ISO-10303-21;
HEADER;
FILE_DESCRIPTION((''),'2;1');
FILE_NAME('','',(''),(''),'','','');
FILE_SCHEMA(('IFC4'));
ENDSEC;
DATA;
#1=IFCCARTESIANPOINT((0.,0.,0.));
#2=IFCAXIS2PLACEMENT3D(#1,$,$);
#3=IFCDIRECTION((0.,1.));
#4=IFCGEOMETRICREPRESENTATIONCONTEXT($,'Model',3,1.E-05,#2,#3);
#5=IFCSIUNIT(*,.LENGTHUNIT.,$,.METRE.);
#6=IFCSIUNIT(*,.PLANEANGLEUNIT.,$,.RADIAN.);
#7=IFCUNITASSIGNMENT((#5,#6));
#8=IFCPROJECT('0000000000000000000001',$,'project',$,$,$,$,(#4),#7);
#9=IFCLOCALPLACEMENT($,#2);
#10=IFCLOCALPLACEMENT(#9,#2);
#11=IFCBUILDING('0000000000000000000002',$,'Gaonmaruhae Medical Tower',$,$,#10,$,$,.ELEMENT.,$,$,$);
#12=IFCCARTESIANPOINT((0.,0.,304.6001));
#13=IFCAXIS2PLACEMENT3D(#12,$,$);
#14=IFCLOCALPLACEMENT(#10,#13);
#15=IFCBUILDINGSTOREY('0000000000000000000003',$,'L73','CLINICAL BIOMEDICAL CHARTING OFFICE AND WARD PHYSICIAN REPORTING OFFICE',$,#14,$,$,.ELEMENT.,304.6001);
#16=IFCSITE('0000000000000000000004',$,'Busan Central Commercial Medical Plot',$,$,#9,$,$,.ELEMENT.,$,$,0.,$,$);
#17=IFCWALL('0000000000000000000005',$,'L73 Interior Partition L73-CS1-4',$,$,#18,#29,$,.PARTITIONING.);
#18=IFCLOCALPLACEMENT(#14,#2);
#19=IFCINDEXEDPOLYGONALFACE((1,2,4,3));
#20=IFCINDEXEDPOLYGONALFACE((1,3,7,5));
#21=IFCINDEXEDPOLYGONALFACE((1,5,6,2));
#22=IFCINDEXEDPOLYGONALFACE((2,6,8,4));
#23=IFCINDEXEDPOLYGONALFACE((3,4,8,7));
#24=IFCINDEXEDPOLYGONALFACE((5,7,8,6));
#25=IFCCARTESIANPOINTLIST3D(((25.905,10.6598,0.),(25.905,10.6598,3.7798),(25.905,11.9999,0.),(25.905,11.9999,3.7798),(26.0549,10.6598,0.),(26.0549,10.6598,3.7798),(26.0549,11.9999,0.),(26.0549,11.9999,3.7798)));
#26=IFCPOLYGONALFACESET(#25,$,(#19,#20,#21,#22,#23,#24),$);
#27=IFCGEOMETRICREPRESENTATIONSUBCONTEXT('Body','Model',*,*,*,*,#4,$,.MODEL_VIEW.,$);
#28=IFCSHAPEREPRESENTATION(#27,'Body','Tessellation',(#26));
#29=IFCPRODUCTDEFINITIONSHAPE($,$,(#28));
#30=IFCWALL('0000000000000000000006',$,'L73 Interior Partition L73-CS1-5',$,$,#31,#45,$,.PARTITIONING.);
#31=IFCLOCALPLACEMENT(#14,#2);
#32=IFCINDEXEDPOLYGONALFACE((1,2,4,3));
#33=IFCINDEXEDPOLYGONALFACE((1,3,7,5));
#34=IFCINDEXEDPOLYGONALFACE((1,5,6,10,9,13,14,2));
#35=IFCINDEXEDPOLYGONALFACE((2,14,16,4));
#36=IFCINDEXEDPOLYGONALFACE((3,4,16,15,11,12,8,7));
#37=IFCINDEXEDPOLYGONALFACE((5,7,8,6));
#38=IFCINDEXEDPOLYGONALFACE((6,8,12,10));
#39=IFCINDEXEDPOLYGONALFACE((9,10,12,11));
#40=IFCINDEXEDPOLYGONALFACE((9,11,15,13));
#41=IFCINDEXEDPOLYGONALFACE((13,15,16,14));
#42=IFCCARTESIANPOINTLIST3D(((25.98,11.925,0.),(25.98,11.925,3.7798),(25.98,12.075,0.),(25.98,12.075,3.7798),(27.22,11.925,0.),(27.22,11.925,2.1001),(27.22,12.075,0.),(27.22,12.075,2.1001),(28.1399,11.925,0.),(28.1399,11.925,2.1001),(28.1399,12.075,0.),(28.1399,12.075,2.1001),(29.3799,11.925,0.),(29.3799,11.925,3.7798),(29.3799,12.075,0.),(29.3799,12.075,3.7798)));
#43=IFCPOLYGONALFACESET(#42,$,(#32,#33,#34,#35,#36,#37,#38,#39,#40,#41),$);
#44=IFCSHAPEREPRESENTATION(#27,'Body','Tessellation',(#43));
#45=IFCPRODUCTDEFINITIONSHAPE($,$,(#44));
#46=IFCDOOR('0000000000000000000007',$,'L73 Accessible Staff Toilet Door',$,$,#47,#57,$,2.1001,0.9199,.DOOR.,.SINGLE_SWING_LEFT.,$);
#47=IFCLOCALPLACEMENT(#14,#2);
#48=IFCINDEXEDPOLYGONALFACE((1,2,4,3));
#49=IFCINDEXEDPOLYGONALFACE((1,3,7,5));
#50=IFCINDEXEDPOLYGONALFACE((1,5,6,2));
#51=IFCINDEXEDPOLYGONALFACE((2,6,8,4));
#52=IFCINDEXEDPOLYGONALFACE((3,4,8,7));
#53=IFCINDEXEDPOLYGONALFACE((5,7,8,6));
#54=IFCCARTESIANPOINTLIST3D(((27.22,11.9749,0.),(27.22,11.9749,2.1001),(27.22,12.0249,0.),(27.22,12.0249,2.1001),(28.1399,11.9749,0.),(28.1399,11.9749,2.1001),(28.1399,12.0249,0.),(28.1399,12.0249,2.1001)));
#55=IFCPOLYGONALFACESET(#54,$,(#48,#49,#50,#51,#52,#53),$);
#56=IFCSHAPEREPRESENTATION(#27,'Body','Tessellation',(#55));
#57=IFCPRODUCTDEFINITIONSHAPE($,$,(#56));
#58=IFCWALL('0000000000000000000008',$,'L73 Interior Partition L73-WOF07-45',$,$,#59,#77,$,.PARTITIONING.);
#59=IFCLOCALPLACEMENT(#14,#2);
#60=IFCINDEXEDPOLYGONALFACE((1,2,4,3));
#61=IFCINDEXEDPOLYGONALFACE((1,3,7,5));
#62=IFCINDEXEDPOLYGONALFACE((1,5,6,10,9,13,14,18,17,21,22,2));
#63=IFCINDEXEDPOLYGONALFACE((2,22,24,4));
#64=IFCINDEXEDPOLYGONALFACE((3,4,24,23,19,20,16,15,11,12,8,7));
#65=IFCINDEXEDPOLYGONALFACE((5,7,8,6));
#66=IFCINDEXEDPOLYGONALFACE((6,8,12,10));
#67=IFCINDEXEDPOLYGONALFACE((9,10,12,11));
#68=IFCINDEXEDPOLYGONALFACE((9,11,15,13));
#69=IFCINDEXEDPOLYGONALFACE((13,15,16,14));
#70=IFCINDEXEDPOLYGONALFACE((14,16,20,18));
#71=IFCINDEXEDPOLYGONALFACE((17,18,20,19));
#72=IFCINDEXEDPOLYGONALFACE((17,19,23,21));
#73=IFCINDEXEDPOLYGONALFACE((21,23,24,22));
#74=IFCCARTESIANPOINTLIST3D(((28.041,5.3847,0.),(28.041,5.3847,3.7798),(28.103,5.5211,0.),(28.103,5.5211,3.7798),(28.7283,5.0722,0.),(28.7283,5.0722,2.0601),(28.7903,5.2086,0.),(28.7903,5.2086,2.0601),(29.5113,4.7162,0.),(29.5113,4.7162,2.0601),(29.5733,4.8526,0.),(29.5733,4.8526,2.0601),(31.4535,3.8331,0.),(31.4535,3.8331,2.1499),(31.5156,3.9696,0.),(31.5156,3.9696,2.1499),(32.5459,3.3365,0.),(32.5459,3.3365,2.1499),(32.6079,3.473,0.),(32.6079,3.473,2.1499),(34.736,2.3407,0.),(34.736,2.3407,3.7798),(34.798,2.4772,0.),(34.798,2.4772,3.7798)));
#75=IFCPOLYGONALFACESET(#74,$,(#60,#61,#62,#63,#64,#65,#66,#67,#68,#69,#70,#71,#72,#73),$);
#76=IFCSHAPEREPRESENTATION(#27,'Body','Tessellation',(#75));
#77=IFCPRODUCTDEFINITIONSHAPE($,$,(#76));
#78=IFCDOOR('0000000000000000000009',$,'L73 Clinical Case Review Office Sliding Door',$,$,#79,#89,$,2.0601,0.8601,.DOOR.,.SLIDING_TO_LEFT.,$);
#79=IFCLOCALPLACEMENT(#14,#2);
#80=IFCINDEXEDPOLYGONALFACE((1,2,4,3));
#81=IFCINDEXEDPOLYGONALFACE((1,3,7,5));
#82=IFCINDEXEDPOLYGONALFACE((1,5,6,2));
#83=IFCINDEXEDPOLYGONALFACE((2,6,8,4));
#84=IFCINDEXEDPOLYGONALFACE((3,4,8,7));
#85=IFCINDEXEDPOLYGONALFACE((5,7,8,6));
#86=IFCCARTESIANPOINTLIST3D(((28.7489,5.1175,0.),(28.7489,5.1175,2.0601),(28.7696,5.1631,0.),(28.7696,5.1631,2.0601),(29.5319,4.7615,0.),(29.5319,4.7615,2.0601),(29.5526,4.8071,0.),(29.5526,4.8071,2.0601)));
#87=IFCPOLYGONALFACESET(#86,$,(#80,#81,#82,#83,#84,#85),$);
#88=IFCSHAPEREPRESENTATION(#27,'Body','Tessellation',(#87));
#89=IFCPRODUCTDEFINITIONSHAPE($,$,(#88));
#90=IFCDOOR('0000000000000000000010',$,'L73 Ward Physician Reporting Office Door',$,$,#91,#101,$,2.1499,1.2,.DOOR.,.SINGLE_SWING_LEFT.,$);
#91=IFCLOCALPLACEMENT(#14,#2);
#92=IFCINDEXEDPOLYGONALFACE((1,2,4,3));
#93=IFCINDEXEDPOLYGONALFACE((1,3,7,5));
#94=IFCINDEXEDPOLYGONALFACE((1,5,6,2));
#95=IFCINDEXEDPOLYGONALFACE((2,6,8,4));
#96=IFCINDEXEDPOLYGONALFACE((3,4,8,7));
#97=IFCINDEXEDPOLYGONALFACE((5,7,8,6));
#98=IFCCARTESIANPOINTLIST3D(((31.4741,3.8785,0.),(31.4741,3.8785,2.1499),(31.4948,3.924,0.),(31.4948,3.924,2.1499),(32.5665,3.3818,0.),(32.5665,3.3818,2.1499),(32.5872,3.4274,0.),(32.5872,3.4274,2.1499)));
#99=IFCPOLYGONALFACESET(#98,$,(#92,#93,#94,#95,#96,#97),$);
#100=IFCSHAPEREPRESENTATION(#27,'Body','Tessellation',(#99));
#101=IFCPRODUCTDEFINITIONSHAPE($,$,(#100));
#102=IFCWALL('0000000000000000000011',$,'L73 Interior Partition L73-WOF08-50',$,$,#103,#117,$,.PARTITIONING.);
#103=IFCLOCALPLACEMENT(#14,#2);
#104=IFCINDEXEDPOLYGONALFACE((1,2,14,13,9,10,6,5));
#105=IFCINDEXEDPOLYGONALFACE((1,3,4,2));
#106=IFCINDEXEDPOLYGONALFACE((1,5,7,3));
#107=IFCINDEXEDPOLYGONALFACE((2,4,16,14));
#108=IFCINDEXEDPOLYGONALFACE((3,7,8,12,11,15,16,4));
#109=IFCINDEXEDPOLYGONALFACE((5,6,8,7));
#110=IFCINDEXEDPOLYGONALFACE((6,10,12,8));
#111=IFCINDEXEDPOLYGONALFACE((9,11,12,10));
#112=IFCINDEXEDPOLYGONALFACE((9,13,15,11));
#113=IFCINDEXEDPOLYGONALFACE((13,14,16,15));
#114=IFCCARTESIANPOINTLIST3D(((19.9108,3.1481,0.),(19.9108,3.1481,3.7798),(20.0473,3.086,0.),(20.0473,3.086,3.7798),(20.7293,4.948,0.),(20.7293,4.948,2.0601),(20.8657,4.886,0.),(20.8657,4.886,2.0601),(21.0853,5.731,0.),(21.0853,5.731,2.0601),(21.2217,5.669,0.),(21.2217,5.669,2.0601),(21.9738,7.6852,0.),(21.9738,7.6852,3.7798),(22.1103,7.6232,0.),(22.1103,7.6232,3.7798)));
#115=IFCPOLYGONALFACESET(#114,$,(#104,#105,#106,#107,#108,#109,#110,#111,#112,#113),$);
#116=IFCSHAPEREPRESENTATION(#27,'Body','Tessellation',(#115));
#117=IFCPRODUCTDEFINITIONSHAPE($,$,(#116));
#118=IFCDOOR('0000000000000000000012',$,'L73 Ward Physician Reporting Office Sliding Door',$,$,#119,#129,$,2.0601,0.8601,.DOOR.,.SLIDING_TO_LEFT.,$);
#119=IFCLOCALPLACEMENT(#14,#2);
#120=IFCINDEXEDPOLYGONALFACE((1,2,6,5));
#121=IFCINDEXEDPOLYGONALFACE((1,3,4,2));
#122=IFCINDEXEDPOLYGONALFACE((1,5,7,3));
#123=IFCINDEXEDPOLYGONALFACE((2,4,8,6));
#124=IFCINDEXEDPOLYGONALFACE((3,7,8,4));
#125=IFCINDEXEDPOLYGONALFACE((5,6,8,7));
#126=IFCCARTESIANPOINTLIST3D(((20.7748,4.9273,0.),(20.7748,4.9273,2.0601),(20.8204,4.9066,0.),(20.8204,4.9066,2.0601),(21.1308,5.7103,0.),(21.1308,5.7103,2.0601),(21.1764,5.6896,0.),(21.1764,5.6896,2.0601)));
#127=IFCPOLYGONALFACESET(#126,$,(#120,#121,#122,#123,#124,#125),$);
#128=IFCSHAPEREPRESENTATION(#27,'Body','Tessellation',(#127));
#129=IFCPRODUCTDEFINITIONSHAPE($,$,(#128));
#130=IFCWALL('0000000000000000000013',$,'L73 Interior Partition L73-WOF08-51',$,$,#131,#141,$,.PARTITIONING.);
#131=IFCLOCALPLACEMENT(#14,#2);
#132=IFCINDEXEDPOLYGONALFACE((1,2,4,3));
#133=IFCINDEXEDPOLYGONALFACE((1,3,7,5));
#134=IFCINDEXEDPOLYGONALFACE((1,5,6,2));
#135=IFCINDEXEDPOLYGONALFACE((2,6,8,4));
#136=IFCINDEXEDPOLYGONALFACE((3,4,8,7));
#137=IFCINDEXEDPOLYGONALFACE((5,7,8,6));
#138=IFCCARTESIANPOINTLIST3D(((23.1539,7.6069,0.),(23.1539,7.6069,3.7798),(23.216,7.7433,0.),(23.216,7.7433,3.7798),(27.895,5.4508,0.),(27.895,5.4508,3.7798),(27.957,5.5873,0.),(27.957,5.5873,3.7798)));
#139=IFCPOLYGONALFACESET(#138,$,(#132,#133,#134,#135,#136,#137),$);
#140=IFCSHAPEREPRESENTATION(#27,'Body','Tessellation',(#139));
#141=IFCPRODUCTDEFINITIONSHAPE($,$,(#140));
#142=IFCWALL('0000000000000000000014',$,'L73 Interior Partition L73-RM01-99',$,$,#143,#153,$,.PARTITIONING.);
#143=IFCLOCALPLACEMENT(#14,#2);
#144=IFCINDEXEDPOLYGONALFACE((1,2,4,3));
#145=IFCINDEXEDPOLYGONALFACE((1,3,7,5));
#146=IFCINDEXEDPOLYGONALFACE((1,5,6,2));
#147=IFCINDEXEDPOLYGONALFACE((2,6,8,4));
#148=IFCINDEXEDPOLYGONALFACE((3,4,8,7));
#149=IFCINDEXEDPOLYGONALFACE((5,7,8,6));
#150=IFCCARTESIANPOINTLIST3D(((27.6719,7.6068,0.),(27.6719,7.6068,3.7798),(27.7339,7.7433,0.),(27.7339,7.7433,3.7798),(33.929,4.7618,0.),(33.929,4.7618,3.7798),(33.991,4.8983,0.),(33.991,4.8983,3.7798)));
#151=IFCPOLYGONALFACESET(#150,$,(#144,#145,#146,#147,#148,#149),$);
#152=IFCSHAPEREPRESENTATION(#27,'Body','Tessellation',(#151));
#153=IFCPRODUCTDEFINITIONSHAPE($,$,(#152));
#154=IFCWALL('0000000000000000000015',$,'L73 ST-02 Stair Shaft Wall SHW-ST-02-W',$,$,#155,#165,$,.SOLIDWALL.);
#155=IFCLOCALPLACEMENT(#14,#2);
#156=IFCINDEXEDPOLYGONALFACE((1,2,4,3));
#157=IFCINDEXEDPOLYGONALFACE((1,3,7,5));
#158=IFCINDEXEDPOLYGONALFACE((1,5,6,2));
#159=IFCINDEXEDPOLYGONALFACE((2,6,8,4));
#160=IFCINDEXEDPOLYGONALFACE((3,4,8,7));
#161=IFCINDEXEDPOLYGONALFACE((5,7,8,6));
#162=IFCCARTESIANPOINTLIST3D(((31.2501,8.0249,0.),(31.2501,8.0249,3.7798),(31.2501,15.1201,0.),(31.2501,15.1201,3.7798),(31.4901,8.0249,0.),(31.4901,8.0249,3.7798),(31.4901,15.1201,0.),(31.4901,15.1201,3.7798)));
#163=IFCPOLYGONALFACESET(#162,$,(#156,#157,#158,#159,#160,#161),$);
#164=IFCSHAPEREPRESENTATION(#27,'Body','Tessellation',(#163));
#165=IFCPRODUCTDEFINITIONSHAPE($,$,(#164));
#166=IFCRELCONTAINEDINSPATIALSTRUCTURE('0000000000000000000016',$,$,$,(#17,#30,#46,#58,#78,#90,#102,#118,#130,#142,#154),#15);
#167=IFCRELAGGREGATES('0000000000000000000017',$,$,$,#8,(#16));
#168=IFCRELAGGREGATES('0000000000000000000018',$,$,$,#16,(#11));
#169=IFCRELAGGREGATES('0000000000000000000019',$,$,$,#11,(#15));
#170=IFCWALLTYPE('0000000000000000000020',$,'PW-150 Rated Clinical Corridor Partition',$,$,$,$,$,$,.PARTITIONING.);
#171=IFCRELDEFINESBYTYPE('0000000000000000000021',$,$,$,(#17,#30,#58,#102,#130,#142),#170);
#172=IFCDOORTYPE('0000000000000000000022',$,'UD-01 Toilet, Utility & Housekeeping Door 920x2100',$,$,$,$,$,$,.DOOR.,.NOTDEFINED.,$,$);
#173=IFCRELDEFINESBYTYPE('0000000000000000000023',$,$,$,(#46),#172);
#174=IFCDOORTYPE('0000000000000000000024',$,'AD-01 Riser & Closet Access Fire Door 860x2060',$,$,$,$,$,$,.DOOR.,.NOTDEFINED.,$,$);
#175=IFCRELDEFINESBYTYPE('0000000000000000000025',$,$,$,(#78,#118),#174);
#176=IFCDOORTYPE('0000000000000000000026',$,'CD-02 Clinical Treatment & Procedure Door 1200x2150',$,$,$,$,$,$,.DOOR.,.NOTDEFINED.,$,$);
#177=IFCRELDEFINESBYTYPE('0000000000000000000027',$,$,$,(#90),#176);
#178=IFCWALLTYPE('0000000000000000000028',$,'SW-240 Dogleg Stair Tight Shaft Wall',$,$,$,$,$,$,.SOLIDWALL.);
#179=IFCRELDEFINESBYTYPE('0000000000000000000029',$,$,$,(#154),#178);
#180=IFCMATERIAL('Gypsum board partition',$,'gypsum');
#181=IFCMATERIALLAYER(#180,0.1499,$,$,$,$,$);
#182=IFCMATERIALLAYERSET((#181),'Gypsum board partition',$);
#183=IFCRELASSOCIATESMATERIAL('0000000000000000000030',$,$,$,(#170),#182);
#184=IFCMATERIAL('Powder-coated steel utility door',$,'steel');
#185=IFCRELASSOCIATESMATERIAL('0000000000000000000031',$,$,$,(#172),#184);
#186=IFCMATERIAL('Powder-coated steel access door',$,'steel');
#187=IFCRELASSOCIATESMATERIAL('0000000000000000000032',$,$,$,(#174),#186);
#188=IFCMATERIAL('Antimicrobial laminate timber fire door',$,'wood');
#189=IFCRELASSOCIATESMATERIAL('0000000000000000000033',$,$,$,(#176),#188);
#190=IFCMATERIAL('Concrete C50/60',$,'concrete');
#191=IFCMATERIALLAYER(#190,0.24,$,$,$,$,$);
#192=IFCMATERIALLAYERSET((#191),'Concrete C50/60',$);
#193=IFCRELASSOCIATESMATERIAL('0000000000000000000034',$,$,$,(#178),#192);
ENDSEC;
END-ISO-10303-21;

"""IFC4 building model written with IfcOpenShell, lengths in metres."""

from ifc_helpers import new_model, si_unit, direction, frame, frame_2d, origin, place, context, subcontext, project, spatial, rectangle, extrude, material, layer, layer_set, type_object, element, fill, save


model = new_model("IFC4")

# Units and contexts
model_context = context("Model", 3, precision=1e-05, world=origin(), true_north=direction((0.0, 1.0)))
body_context = subcontext(model_context, "Body", "Model", "MODEL_VIEW")
ifc_project = project(units=[si_unit("LENGTHUNIT", "METRE"), si_unit("PLANEANGLEUNIT", "RADIAN")], contexts=[model_context])

# Site, building, storey
site_placement = place(None, origin())
site = spatial("IfcSite", under=ifc_project, at=site_placement, Name="Busan Central Commercial Medical Plot", CompositionType="ELEMENT", RefElevation=0.0)
building_placement = place(site_placement, origin())
building = spatial("IfcBuilding", under=site, at=building_placement, Name="Gaonmaruhae Medical Tower", CompositionType="ELEMENT")
storey_placement = place(building_placement, frame((0.0, 0.0, 304.6001)))
storey = spatial("IfcBuildingStorey", under=building, at=storey_placement, Name="L73", Description="CLINICAL BIOMEDICAL CHARTING OFFICE AND WARD PHYSICIAN REPORTING OFFICE", CompositionType="ELEMENT", Elevation=304.6001)

# Shared definitions
ifc_material_1 = material(Name="Concrete C50/60", Category="concrete")

# Shared definitions
ifc_material_2 = material(Name="Gypsum board partition", Category="gypsum")
ifc_layer_1 = layer(ifc_material_2, 0.1499)
ifc_layer_set_1 = layer_set([ifc_layer_1], Name="Gypsum board partition")
wall_type_1 = type_object("IfcWallType", Name="PW-150 Rated Clinical Corridor Partition", PredefinedType="PARTITIONING", material=ifc_layer_set_1)
ifc_material_3 = material(Name="Antimicrobial laminate timber fire door", Category="wood")

# Wall
wall_1_placement = place(storey_placement, frame((25.98, 10.6599, 0.0), z_axis=(0.0, 0.0, 1.0), x_axis=(0.0, 1.0, 0.0)))
element("IfcWall", 1, at=wall_1_placement, inside=storey, type_object=wall_type_1, Name="L73 Interior Partition L73-CS1-4", PredefinedType="PARTITIONING", context=body_context, shape_type="SweptSolid", body=[
    extrude(rectangle(XDim=1.3401, YDim=0.1499, at=frame_2d((0.6699, 0.0))), origin(), (0.0, 0.0, 1.0), 3.7798),
])

# Wall, opening, door
wall_2_placement = place(storey_placement, frame((25.98, 12.0, 0.0), z_axis=(0.0, 0.0, 1.0), x_axis=(1.0, 0.0, 0.0)))
wall_2 = element("IfcWall", 2, at=wall_2_placement, inside=storey, type_object=wall_type_1, Name="L73 Interior Partition L73-CS1-5", PredefinedType="PARTITIONING", context=body_context, shape_type="SweptSolid", body=[
    extrude(rectangle(XDim=3.3999, YDim=0.1499, at=frame_2d((1.7, 0.0))), origin(), (0.0, 0.0, 1.0), 3.7798),
])
opening_1_placement = place(wall_2_placement, frame((1.24, 0.0, 0.0)))
opening_1 = element("IfcOpeningElement", 3, at=opening_1_placement, cuts=wall_2, PredefinedType="OPENING", context=body_context, shape_type="SweptSolid", body=[
    extrude(rectangle(XDim=0.9199, YDim=2.1001, at=frame_2d((0.46, 1.05))), frame((0.0, 0.085, 0.0), z_axis=(0.0, -1.0, 0.0), x_axis=(1.0, 0.0, 0.0)), (0.0, 0.0, 1.0), 0.1699),
])
ifc_material_4 = material(Name="Powder-coated steel utility door", Category="steel")
door_type_1 = type_object("IfcDoorType", Name="UD-01 Toilet, Utility & Housekeeping Door 920x2100", OperationType="NOTDEFINED", PredefinedType="DOOR", material=ifc_material_4)
door_1_placement = place(opening_1_placement, origin())
door_1 = element("IfcDoor", 4, at=door_1_placement, inside=storey, type_object=door_type_1, Name="L73 Accessible Staff Toilet Door", OperationType="SINGLE_SWING_LEFT", OverallHeight=2.1001, OverallWidth=0.9199, PredefinedType="DOOR", context=body_context, shape_type="SweptSolid", body=[
    extrude(rectangle(XDim=0.9199, YDim=2.1001, at=frame_2d((0.46, 1.05))), frame((0.0, 0.0249, 0.0), z_axis=(0.0, -1.0, 0.0), x_axis=(1.0, 0.0, 0.0)), (0.0, 0.0, 1.0), 0.05),
])
fill(opening_1, door_1)

# Wall, openings, doors
wall_3_placement = place(storey_placement, frame((28.072, 5.4529, 0.0), z_axis=(0.0, 0.0, 1.0), x_axis=(0.910329, -0.413885, 0.0)))
wall_3 = element("IfcWall", 5, at=wall_3_placement, inside=storey, type_object=wall_type_1, Name="L73 Interior Partition L73-WOF07-45", PredefinedType="PARTITIONING", context=body_context, shape_type="SweptSolid", body=[
    extrude(rectangle(XDim=7.3545, YDim=0.1499, at=frame_2d((3.6772, 0.0))), origin(), (0.0, 0.0, 1.0), 3.7798),
])
opening_2_placement = place(wall_3_placement, frame((3.7485, 0.0, 0.0)))
opening_2 = element("IfcOpeningElement", 6, at=opening_2_placement, cuts=wall_3, PredefinedType="OPENING", context=body_context, shape_type="SweptSolid", body=[
    extrude(rectangle(XDim=1.2, YDim=2.1499, at=frame_2d((0.6001, 1.075))), frame((0.0, 0.085, 0.0), z_axis=(0.0, -1.0, 0.0), x_axis=(1.0, 0.0, 0.0)), (0.0, 0.0, 1.0), 0.1699),
])
opening_3_placement = place(wall_3_placement, frame((0.7549, 0.0, 0.0)))
opening_3 = element("IfcOpeningElement", 7, at=opening_3_placement, cuts=wall_3, PredefinedType="OPENING", context=body_context, shape_type="SweptSolid", body=[
    extrude(rectangle(XDim=0.8601, YDim=2.0601, at=frame_2d((0.4302, 1.03))), frame((0.0, 0.085, 0.0), z_axis=(0.0, -1.0, 0.0), x_axis=(1.0, 0.0, 0.0)), (0.0, 0.0, 1.0), 0.1699),
])
ifc_material_5 = material(Name="Powder-coated steel access door", Category="steel")
door_type_2 = type_object("IfcDoorType", Name="AD-01 Riser & Closet Access Fire Door 860x2060", OperationType="NOTDEFINED", PredefinedType="DOOR", material=ifc_material_5)
door_2_placement = place(opening_3_placement, origin())
door_2 = element("IfcDoor", 8, at=door_2_placement, inside=storey, type_object=door_type_2, Name="L73 Clinical Case Review Office Sliding Door", OperationType="SLIDING_TO_LEFT", OverallHeight=2.0601, OverallWidth=0.8601, PredefinedType="DOOR", context=body_context, shape_type="SweptSolid", body=[
    extrude(rectangle(XDim=0.8601, YDim=2.0601, at=frame_2d((0.4302, 1.03))), frame((0.0, 0.0249, 0.0), z_axis=(0.0, -1.0, 0.0), x_axis=(1.0, 0.0, 0.0)), (0.0, 0.0, 1.0), 0.05),
])
fill(opening_3, door_2)
door_type_3 = type_object("IfcDoorType", Name="CD-02 Clinical Treatment & Procedure Door 1200x2150", OperationType="NOTDEFINED", PredefinedType="DOOR", material=ifc_material_3)
door_3_placement = place(opening_2_placement, origin())
door_3 = element("IfcDoor", 9, at=door_3_placement, inside=storey, type_object=door_type_3, Name="L73 Ward Physician Reporting Office Door", OperationType="SINGLE_SWING_LEFT", OverallHeight=2.1499, OverallWidth=1.2, PredefinedType="DOOR", context=body_context, shape_type="SweptSolid", body=[
    extrude(rectangle(XDim=1.2, YDim=2.1499, at=frame_2d((0.6001, 1.075))), frame((0.0, 0.0249, 0.0), z_axis=(0.0, -1.0, 0.0), x_axis=(1.0, 0.0, 0.0)), (0.0, 0.0, 1.0), 0.05),
])
fill(opening_2, door_3)

# Wall, opening, door
wall_4_placement = place(storey_placement, frame((19.979, 3.1169, 0.0), z_axis=(0.0, 0.0, 1.0), x_axis=(0.413914, 0.910316, 0.0)))
wall_4 = element("IfcWall", 10, at=wall_4_placement, inside=storey, type_object=wall_type_1, Name="L73 Interior Partition L73-WOF08-50", PredefinedType="PARTITIONING", context=body_context, shape_type="SweptSolid", body=[
    extrude(rectangle(XDim=4.9841, YDim=0.1499, at=frame_2d((2.4922, 0.0))), origin(), (0.0, 0.0, 1.0), 3.7798),
])
opening_4_placement = place(wall_4_placement, frame((1.9773, 0.0, 0.0)))
opening_4 = element("IfcOpeningElement", 11, at=opening_4_placement, cuts=wall_4, PredefinedType="OPENING", context=body_context, shape_type="SweptSolid", body=[
    extrude(rectangle(XDim=0.8601, YDim=2.0601, at=frame_2d((0.4302, 1.03))), frame((0.0, 0.085, 0.0), z_axis=(0.0, -1.0, 0.0), x_axis=(1.0, 0.0, 0.0)), (0.0, 0.0, 1.0), 0.1699),
])
door_4_placement = place(opening_4_placement, origin())
door_4 = element("IfcDoor", 12, at=door_4_placement, inside=storey, type_object=door_type_2, Name="L73 Ward Physician Reporting Office Sliding Door", OperationType="SLIDING_TO_LEFT", OverallHeight=2.0601, OverallWidth=0.8601, PredefinedType="DOOR", context=body_context, shape_type="SweptSolid", body=[
    extrude(rectangle(XDim=0.8601, YDim=2.0601, at=frame_2d((0.4302, 1.03))), frame((0.0, 0.0249, 0.0), z_axis=(0.0, -1.0, 0.0), x_axis=(1.0, 0.0, 0.0)), (0.0, 0.0, 1.0), 0.05),
])
fill(opening_4, door_4)

# Walls
wall_5_placement = place(storey_placement, frame((23.1851, 7.675, 0.0), z_axis=(0.0, 0.0, 1.0), x_axis=(0.910293, -0.413965, 0.0)))
element("IfcWall", 13, at=wall_5_placement, inside=storey, type_object=wall_type_1, Name="L73 Interior Partition L73-WOF08-51", PredefinedType="PARTITIONING", context=body_context, shape_type="SweptSolid", body=[
    extrude(rectangle(XDim=5.2083, YDim=0.1499, at=frame_2d((2.604, 0.0))), origin(), (0.0, 0.0, 1.0), 3.7798),
])
wall_6_placement = place(storey_placement, frame((27.7029, 7.675, 0.0), z_axis=(0.0, 0.0, 1.0), x_axis=(0.91032, -0.413905, 0.0)))
element("IfcWall", 14, at=wall_6_placement, inside=storey, type_object=wall_type_1, Name="L73 Interior Partition L73-RM01-99", PredefinedType="PARTITIONING", context=body_context, shape_type="SweptSolid", body=[
    extrude(rectangle(XDim=6.8735, YDim=0.1499, at=frame_2d((3.4368, 0.0))), origin(), (0.0, 0.0, 1.0), 3.7798),
])
ifc_layer_2 = layer(ifc_material_1, 0.24)
ifc_layer_set_2 = layer_set([ifc_layer_2], Name="Concrete C50/60")
wall_type_2 = type_object("IfcWallType", Name="SW-240 Dogleg Stair Tight Shaft Wall", PredefinedType="SOLIDWALL", material=ifc_layer_set_2)
wall_7_placement = place(storey_placement, frame((31.3701, 8.0249, 0.0), z_axis=(0.0, 0.0, 1.0), x_axis=(0.0, 1.0, 0.0)))
element("IfcWall", 15, at=wall_7_placement, inside=storey, type_object=wall_type_2, Name="L73 ST-02 Stair Shaft Wall SHW-ST-02-W", PredefinedType="SOLIDWALL", context=body_context, shape_type="SweptSolid", body=[
    extrude(rectangle(XDim=7.0952, YDim=0.24, at=frame_2d((3.5476, 0.0))), origin(), (0.0, 0.0, 1.0), 3.7798),
])

save(model, "model.ifc")
